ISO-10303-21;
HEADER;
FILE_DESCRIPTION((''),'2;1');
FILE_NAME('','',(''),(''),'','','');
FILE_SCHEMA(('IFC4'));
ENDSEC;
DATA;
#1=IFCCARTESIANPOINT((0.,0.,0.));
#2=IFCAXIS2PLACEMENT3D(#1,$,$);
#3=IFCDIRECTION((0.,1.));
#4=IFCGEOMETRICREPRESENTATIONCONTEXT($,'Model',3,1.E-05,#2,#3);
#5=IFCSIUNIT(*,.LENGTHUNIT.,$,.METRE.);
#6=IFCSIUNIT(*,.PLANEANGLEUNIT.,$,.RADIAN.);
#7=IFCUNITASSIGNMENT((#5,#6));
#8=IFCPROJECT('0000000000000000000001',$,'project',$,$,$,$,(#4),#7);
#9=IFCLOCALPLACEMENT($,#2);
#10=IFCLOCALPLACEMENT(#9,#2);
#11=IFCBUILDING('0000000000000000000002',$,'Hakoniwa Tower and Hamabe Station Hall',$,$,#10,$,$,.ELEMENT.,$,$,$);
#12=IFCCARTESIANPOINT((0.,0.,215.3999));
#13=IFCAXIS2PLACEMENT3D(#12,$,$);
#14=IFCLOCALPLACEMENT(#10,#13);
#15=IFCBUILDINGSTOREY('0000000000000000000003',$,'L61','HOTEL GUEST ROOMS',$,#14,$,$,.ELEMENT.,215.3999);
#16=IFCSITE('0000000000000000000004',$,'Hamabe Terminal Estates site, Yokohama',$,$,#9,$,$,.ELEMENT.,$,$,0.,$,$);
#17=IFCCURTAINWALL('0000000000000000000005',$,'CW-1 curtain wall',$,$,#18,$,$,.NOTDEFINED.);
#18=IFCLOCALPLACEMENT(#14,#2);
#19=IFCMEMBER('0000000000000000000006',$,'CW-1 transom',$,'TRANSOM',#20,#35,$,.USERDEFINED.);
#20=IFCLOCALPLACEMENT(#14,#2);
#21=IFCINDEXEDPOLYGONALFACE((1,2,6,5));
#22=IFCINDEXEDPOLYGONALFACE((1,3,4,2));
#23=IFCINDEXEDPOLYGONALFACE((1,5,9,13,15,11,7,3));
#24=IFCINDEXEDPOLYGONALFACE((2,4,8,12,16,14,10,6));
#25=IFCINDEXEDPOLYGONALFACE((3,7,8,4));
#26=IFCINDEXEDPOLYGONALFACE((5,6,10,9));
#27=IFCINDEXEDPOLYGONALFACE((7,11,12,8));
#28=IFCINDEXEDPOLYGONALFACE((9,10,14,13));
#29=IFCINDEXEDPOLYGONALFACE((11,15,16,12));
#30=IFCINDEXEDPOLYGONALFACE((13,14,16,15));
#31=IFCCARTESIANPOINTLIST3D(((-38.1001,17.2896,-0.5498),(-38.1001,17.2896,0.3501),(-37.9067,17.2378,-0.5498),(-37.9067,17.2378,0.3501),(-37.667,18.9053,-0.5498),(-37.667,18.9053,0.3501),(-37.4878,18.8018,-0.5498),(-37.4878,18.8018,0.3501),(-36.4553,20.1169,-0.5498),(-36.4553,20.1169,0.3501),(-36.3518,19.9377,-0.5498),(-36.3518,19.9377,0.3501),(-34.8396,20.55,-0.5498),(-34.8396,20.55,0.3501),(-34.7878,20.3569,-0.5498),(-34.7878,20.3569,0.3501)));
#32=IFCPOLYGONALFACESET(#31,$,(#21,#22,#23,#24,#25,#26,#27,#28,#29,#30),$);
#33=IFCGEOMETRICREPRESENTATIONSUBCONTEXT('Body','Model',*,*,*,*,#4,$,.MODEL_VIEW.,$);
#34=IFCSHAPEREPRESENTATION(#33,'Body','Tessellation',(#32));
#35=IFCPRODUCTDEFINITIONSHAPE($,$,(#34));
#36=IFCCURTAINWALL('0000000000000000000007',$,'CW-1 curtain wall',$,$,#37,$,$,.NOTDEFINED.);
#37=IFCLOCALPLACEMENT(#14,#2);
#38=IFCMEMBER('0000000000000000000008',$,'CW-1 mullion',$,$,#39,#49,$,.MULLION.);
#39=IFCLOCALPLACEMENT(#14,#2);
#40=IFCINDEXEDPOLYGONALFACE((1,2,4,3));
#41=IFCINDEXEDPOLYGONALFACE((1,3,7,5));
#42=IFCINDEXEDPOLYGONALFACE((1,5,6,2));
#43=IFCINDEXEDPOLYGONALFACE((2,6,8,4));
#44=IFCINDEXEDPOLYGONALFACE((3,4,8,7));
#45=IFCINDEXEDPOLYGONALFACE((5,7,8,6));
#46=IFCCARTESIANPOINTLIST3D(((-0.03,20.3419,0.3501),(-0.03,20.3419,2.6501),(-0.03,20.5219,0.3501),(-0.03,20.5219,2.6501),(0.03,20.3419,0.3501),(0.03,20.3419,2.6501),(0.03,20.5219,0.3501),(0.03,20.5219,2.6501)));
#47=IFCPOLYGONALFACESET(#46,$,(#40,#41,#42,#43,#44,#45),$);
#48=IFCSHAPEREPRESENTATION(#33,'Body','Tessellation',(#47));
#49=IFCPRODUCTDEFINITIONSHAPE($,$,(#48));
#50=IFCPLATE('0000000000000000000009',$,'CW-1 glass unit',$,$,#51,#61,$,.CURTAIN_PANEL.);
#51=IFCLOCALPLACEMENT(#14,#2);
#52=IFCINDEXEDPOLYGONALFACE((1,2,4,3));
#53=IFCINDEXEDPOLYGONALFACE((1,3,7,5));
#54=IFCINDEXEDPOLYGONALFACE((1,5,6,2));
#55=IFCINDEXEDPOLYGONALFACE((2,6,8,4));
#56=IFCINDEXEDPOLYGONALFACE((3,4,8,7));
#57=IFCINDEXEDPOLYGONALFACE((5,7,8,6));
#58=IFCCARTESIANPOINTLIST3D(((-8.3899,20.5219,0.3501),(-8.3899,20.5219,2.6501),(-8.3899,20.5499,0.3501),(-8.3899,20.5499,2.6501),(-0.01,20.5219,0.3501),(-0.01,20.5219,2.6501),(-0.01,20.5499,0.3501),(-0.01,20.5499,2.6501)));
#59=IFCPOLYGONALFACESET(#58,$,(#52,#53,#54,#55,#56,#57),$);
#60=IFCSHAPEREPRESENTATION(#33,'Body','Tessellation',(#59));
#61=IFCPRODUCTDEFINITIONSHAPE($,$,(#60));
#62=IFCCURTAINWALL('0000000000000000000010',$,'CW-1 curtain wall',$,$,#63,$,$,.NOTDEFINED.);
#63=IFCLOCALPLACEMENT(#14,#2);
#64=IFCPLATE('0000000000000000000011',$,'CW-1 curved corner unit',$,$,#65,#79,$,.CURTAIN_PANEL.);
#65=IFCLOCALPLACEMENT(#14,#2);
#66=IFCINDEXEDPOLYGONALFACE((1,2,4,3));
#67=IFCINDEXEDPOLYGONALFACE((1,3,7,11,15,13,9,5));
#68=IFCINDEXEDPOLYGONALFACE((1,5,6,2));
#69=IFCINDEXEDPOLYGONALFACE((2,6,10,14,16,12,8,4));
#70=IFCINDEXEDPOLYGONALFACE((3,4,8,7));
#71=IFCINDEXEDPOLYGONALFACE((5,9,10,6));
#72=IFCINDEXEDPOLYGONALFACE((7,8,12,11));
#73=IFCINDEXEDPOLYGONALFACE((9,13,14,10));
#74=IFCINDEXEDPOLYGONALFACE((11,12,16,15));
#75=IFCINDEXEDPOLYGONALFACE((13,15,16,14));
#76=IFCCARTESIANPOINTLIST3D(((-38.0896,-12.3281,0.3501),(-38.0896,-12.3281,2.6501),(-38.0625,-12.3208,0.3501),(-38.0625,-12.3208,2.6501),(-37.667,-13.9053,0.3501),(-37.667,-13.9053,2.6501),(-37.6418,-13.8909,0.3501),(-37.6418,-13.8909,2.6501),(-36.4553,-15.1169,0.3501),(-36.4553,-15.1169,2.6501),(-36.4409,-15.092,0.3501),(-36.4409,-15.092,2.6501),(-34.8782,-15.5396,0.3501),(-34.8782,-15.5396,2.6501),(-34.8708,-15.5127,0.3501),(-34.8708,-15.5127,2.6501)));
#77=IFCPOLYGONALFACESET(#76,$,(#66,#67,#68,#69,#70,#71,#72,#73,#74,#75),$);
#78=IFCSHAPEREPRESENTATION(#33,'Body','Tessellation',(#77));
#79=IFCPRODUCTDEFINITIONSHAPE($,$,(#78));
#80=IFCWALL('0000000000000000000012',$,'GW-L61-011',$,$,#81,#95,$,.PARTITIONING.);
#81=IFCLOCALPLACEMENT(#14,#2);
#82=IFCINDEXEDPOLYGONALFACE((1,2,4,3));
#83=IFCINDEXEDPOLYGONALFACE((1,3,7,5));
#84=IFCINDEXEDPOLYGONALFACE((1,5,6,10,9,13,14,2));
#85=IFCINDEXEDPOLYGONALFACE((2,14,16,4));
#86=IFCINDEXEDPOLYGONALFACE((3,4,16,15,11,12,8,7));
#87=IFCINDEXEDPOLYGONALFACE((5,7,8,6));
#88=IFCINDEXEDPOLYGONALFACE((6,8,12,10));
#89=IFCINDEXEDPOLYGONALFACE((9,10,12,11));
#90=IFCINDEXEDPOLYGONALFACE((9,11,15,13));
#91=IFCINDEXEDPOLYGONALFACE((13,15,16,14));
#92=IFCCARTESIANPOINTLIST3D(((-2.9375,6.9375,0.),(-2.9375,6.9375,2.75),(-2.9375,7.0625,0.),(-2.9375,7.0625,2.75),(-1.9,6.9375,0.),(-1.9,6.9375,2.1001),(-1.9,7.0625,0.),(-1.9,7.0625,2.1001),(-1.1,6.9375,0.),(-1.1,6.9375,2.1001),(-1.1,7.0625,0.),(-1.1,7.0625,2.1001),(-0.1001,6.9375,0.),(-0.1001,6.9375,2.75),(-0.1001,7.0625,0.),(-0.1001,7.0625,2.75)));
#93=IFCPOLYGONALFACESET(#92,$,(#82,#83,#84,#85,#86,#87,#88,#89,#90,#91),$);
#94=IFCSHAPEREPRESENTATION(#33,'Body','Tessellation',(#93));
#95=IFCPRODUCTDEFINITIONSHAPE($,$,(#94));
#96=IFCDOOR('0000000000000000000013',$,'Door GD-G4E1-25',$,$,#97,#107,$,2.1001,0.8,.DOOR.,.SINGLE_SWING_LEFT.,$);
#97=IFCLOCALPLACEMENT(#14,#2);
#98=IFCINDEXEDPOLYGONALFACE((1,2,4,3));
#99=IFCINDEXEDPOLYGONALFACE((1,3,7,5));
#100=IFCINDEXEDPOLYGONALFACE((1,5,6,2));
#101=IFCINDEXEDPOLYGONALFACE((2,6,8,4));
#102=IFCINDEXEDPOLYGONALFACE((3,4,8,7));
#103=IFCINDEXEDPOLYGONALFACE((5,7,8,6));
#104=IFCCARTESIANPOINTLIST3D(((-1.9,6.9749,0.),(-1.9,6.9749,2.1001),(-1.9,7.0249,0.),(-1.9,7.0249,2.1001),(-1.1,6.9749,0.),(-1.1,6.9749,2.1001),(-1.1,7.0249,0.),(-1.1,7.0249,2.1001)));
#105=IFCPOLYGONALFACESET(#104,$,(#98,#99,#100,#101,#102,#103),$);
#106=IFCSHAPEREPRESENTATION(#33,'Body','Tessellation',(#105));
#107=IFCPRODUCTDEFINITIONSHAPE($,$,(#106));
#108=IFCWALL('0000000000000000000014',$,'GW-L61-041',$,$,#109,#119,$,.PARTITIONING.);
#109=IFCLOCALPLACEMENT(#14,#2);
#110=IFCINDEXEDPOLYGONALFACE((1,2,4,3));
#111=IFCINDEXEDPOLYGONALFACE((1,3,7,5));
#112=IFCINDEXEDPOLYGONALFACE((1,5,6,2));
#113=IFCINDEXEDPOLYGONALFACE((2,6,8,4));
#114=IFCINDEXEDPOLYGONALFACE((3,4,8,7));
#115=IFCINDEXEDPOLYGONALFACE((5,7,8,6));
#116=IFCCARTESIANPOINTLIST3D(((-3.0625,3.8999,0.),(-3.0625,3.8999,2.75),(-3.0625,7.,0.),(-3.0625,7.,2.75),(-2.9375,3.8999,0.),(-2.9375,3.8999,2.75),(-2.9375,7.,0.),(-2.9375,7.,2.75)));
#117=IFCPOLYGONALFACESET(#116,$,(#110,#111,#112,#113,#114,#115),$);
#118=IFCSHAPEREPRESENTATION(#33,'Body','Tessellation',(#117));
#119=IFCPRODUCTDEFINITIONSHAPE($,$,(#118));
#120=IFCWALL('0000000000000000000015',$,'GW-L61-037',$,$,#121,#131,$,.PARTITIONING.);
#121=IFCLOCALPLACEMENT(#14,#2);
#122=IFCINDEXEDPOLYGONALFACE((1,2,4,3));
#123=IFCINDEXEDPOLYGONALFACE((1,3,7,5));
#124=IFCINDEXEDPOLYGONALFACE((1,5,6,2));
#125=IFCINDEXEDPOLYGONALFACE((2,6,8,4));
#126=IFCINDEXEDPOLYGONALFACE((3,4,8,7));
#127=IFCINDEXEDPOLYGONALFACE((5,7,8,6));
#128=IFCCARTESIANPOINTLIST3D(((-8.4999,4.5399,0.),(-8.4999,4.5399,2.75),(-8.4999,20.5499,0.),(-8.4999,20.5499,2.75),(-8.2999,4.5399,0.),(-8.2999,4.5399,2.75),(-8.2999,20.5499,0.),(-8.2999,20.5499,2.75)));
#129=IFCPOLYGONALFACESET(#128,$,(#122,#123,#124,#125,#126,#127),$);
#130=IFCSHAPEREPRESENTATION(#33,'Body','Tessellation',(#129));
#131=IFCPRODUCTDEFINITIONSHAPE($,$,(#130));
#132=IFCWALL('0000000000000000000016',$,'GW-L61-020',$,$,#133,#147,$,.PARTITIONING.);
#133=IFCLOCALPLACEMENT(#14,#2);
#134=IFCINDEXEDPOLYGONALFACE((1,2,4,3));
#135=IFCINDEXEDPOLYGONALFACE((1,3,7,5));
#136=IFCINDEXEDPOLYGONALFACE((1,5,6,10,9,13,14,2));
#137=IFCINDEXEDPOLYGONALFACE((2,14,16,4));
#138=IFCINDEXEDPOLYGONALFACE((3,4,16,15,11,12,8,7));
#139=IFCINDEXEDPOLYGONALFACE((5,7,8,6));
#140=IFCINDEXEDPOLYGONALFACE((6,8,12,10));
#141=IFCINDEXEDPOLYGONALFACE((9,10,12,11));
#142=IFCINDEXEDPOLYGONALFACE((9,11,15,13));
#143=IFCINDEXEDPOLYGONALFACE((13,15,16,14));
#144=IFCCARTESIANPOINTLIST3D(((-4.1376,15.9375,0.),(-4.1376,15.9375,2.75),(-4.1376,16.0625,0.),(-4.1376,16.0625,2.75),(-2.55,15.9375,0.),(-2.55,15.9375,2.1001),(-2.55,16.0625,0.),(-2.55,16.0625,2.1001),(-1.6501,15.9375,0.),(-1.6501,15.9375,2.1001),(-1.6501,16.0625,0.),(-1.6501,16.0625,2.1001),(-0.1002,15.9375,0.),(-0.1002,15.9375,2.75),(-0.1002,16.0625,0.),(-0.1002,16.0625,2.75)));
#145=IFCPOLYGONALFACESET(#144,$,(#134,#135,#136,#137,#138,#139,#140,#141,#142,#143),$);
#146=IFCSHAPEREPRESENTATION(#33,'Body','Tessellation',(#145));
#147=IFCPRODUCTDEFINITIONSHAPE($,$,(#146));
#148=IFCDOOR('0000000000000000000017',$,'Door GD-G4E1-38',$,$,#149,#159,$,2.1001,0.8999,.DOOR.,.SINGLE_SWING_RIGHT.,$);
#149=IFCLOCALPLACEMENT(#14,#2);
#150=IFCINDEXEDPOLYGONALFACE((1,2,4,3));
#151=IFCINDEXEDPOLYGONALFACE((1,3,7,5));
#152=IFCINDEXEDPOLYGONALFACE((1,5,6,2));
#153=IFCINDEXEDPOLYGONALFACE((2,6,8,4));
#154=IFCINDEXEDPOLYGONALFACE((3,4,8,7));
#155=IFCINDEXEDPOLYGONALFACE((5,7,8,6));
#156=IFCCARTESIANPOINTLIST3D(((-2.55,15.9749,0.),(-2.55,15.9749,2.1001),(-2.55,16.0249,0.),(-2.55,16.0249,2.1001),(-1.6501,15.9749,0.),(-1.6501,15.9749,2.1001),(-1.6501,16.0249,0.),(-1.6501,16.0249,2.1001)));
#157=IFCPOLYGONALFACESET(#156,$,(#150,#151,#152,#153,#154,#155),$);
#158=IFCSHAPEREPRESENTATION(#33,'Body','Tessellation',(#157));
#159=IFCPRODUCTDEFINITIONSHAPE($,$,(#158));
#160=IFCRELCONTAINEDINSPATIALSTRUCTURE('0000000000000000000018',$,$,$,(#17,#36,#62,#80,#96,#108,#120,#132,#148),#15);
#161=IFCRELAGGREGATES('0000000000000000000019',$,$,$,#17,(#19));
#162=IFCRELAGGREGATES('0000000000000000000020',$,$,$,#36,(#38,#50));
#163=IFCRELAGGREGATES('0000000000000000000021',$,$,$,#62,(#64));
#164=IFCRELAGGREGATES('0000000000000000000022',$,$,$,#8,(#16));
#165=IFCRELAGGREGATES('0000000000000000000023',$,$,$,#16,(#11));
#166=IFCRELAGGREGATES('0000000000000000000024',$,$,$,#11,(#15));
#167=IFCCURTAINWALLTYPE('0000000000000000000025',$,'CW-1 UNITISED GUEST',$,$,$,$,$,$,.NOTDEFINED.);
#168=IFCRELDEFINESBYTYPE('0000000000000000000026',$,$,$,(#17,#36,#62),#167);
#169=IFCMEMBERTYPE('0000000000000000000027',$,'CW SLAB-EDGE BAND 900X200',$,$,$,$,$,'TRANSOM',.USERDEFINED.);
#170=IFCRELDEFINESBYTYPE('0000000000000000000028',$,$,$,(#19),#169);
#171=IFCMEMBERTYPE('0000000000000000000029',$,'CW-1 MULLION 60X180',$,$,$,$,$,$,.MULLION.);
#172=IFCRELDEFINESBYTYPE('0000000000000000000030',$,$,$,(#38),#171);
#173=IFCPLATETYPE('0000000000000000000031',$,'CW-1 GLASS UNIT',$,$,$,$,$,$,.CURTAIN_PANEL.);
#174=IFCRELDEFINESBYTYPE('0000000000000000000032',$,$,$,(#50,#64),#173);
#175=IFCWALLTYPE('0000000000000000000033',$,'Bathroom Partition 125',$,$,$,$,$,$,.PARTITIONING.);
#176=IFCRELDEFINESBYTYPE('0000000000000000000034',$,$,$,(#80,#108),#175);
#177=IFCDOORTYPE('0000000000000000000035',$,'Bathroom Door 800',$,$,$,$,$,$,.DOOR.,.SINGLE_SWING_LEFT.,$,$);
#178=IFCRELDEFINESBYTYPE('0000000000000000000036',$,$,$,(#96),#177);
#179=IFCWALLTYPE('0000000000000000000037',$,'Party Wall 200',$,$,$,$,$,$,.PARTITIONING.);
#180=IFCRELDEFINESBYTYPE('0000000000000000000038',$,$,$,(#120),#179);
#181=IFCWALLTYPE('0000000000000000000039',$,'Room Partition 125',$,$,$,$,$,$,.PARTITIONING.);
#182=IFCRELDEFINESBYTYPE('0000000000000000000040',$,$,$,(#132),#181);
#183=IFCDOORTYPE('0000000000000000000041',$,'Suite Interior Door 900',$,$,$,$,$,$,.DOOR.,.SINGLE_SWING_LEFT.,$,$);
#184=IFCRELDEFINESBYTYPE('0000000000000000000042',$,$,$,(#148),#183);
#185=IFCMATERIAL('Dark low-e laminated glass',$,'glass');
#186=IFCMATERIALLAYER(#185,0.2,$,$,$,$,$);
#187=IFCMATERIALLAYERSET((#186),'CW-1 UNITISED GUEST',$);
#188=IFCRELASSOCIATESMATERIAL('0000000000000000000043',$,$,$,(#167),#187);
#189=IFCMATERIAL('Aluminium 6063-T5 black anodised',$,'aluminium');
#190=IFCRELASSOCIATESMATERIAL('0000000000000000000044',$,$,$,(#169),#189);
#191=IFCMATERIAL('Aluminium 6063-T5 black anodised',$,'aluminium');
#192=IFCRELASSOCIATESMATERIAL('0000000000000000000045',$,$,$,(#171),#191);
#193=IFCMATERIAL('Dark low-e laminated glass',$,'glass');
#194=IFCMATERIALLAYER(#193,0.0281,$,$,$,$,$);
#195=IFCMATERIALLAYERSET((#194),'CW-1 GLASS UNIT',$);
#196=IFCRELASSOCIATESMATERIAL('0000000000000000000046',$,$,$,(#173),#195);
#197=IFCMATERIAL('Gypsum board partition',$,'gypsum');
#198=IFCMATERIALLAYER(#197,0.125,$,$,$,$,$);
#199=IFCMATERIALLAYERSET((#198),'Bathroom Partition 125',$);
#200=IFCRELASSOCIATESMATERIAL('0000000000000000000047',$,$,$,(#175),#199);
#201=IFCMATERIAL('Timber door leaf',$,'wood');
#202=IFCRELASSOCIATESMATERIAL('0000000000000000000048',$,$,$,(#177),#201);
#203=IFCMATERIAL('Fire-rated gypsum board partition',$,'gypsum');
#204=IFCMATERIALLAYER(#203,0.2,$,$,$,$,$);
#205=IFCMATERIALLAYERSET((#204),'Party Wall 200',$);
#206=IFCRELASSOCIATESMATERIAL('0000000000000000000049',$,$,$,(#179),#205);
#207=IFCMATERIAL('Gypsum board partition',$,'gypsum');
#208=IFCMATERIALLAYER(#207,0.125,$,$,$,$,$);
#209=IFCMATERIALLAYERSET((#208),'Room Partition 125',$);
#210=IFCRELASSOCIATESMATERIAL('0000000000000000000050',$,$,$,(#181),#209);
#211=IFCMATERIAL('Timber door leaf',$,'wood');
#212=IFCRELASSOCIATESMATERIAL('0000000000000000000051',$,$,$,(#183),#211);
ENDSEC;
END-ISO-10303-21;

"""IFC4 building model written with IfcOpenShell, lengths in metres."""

from ifc_helpers import new_model, si_unit, direction, frame, frame_2d, origin, origin_2d, place, context, subcontext, project, spatial, polyline, rectangle, outline, extrude, material, layer, layer_set, material_profile, profile_set, type_object, element, fill, aggregate, save


model = new_model("IFC4")

# Units and contexts
model_context = context("Model", 3, precision=1e-05, world=origin(), true_north=direction((0.0, 1.0)))
body_context = subcontext(model_context, "Body", "Model", "MODEL_VIEW")
ifc_project = project(units=[si_unit("LENGTHUNIT", "METRE"), si_unit("PLANEANGLEUNIT", "RADIAN")], contexts=[model_context])

# Site, building, storey
site_placement = place(None, origin())
site = spatial("IfcSite", under=ifc_project, at=site_placement, Name="Hamabe Terminal Estates site, Yokohama", CompositionType="ELEMENT", RefElevation=0.0)
building_placement = place(site_placement, origin())
building = spatial("IfcBuilding", under=site, at=building_placement, Name="Hakoniwa Tower and Hamabe Station Hall", CompositionType="ELEMENT")
storey_placement = place(building_placement, frame((0.0, 0.0, 215.3999)))
storey = spatial("IfcBuildingStorey", under=building, at=storey_placement, Name="L61", Description="HOTEL GUEST ROOMS", CompositionType="ELEMENT", Elevation=215.3999)

# Curtain wall, member
ifc_material_1 = material(Name="Dark low-e laminated glass", Category="glass")
ifc_layer_1 = layer(ifc_material_1, 0.2)
ifc_layer_set_1 = layer_set([ifc_layer_1], Name="CW-1 UNITISED GUEST")
curtain_wall_type = type_object("IfcCurtainWallType", Name="CW-1 UNITISED GUEST", PredefinedType="NOTDEFINED", material=ifc_layer_set_1)
curtain_wall_1_placement = place(storey_placement, origin())
curtain_wall_1 = element("IfcCurtainWall", 1, at=curtain_wall_1_placement, inside=storey, type_object=curtain_wall_type, Name="CW-1 curtain wall", PredefinedType="NOTDEFINED")
ifc_material_2 = material(Name="Aluminium 6063-T5 black anodised", Category="aluminium")
ifc_material_profile_1 = material_profile(ifc_material_2, rectangle(XDim=0.2, YDim=0.8999, at=origin_2d()), Name="CW SLAB-EDGE BAND 900X200")
ifc_profile_set_1 = profile_set([ifc_material_profile_1], Name="Aluminium 6063-T5 black anodised")
member_type_1 = type_object("IfcMemberType", Name="CW SLAB-EDGE BAND 900X200", ElementType="TRANSOM", PredefinedType="USERDEFINED", material=ifc_profile_set_1)
member_1_placement = place(storey_placement, frame((0.0, 0.0, -0.5498)))
member_1 = element("IfcMember", 2, at=member_1_placement, type_object=member_type_1, Name="CW-1 transom", ObjectType="TRANSOM", PredefinedType="USERDEFINED", context=body_context, shape_type="SweptSolid", body=[
    extrude(outline(polyline([(-34.8396, 20.55), (-36.4553, 20.1169), (-37.667, 18.9053), (-38.1001, 17.2896), (-37.9067, 17.2378), (-37.4878, 18.8018), (-36.3518, 19.9377), (-34.7878, 20.3569), (-34.8396, 20.55)])), origin(), (0.0, 0.0, 1.0), 0.8999),
])
aggregate(curtain_wall_1, [member_1])

# Curtain wall, member, plate
curtain_wall_2_placement = place(storey_placement, origin())
curtain_wall_2 = element("IfcCurtainWall", 3, at=curtain_wall_2_placement, inside=storey, type_object=curtain_wall_type, Name="CW-1 curtain wall", PredefinedType="NOTDEFINED")
ifc_material_3 = material(Name="Aluminium 6063-T5 black anodised", Category="aluminium")
ifc_material_profile_2 = material_profile(ifc_material_3, rectangle(XDim=0.0601, YDim=0.1799, at=origin_2d()), Name="CW-1 MULLION 60X180")
ifc_profile_set_2 = profile_set([ifc_material_profile_2], Name="Aluminium 6063-T5 black anodised")
member_type_2 = type_object("IfcMemberType", Name="CW-1 MULLION 60X180", PredefinedType="MULLION", material=ifc_profile_set_2)
member_2_placement = place(storey_placement, frame((0.0, 20.4319, 0.3501), z_axis=(0.0, 0.0, 1.0), x_axis=(-1.0, 0.0, 0.0)))
member_2 = element("IfcMember", 4, at=member_2_placement, type_object=member_type_2, Name="CW-1 mullion", PredefinedType="MULLION", context=body_context, shape_type="SweptSolid", body=[
    extrude(rectangle(XDim=0.0601, YDim=0.1799, at=origin_2d()), origin(), (0.0, 0.0, 1.0), 2.3),
])
ifc_material_4 = material(Name="Dark low-e laminated glass", Category="glass")
ifc_layer_2 = layer(ifc_material_4, 0.0281)
ifc_layer_set_2 = layer_set([ifc_layer_2], Name="CW-1 GLASS UNIT")
plate_type = type_object("IfcPlateType", Name="CW-1 GLASS UNIT", PredefinedType="CURTAIN_PANEL", material=ifc_layer_set_2)
plate_1_placement = place(storey_placement, frame((-4.2, 20.5359, 0.3501), z_axis=(0.0, 0.0, 1.0), x_axis=(-1.0, 0.0, 0.0)))
plate_1 = element("IfcPlate", 5, at=plate_1_placement, type_object=plate_type, Name="CW-1 glass unit", PredefinedType="CURTAIN_PANEL", context=body_context, shape_type="SweptSolid", body=[
    extrude(rectangle(XDim=8.3799, YDim=0.0281, at=origin_2d()), origin(), (0.0, 0.0, 1.0), 2.3),
])
aggregate(curtain_wall_2, [member_2, plate_1])

# Curtain wall, plate
curtain_wall_3_placement = place(storey_placement, origin())
curtain_wall_3 = element("IfcCurtainWall", 6, at=curtain_wall_3_placement, inside=storey, type_object=curtain_wall_type, Name="CW-1 curtain wall", PredefinedType="NOTDEFINED")
plate_2_placement = place(storey_placement, frame((0.0, 0.0, 0.3501)))
plate_2 = element("IfcPlate", 7, at=plate_2_placement, type_object=plate_type, Name="CW-1 curved corner unit", PredefinedType="CURTAIN_PANEL", context=body_context, shape_type="SweptSolid", body=[
    extrude(outline(polyline([(-38.0896, -12.3281), (-37.667, -13.9053), (-36.4553, -15.1169), (-34.8782, -15.5396), (-34.8708, -15.5127), (-36.4409, -15.092), (-37.6418, -13.8909), (-38.0625, -12.3208), (-38.0896, -12.3281)])), origin(), (0.0, 0.0, 1.0), 2.3),
])
aggregate(curtain_wall_3, [plate_2])

# Wall, opening, door
ifc_material_5 = material(Name="Gypsum board partition", Category="gypsum")
ifc_layer_3 = layer(ifc_material_5, 0.125)
ifc_layer_set_3 = layer_set([ifc_layer_3], Name="Bathroom Partition 125")
wall_type_1 = type_object("IfcWallType", Name="Bathroom Partition 125", PredefinedType="PARTITIONING", material=ifc_layer_set_3)
wall_1_placement = place(storey_placement, frame((-2.9375, 7.0, 0.0), z_axis=(0.0, 0.0, 1.0), x_axis=(1.0, 0.0, 0.0)))
wall_1 = element("IfcWall", 8, at=wall_1_placement, inside=storey, type_object=wall_type_1, Name="GW-L61-011", PredefinedType="PARTITIONING", context=body_context, shape_type="SweptSolid", body=[
    extrude(rectangle(XDim=2.8374, YDim=0.125, at=frame_2d((1.4187, 0.0))), origin(), (0.0, 0.0, 1.0), 2.75),
])
opening_1_placement = place(wall_1_placement, frame((1.0376, 0.0, 0.0)))
opening_1 = element("IfcOpeningElement", 9, at=opening_1_placement, cuts=wall_1, PredefinedType="OPENING", context=body_context, shape_type="SweptSolid", body=[
    extrude(rectangle(XDim=0.8, YDim=2.1001, at=frame_2d((0.3999, 1.05))), frame((0.0, 0.0725, 0.0), z_axis=(0.0, -1.0, 0.0), x_axis=(1.0, 0.0, 0.0)), (0.0, 0.0, 1.0), 0.145),
])
ifc_material_6 = material(Name="Timber door leaf", Category="wood")
door_type_1 = type_object("IfcDoorType", Name="Bathroom Door 800", OperationType="SINGLE_SWING_LEFT", PredefinedType="DOOR", material=ifc_material_6)
door_1_placement = place(opening_1_placement, origin())
door_1 = element("IfcDoor", 10, at=door_1_placement, inside=storey, type_object=door_type_1, Name="Door GD-G4E1-25", OperationType="SINGLE_SWING_LEFT", OverallHeight=2.1001, OverallWidth=0.8, PredefinedType="DOOR", context=body_context, shape_type="SweptSolid", body=[
    extrude(rectangle(XDim=0.8, YDim=2.1001, at=frame_2d((0.3999, 1.05))), frame((0.0, 0.0249, 0.0), z_axis=(0.0, -1.0, 0.0), x_axis=(1.0, 0.0, 0.0)), (0.0, 0.0, 1.0), 0.05),
])
fill(opening_1, door_1)

# Walls
wall_2_placement = place(storey_placement, frame((-3.0, 3.8999, 0.0), z_axis=(0.0, 0.0, 1.0), x_axis=(0.0, 1.0, 0.0)))
element("IfcWall", 11, at=wall_2_placement, inside=storey, type_object=wall_type_1, Name="GW-L61-041", PredefinedType="PARTITIONING", context=body_context, shape_type="SweptSolid", body=[
    extrude(rectangle(XDim=3.1001, YDim=0.125, at=frame_2d((1.55, 0.0))), origin(), (0.0, 0.0, 1.0), 2.75),
])
ifc_material_7 = material(Name="Fire-rated gypsum board partition", Category="gypsum")
ifc_layer_4 = layer(ifc_material_7, 0.2)
ifc_layer_set_4 = layer_set([ifc_layer_4], Name="Party Wall 200")
wall_type_2 = type_object("IfcWallType", Name="Party Wall 200", PredefinedType="PARTITIONING", material=ifc_layer_set_4)
wall_3_placement = place(storey_placement, frame((-8.3999, 4.54, 0.0), z_axis=(0.0, 0.0, 1.0), x_axis=(0.0, 1.0, 0.0)))
element("IfcWall", 12, at=wall_3_placement, inside=storey, type_object=wall_type_2, Name="GW-L61-037", PredefinedType="PARTITIONING", context=body_context, shape_type="SweptSolid", body=[
    extrude(rectangle(XDim=16.01, YDim=0.2, at=frame_2d((8.0049, 0.0))), origin(), (0.0, 0.0, 1.0), 2.75),
])

# Wall, opening, door
ifc_material_8 = material(Name="Gypsum board partition", Category="gypsum")
ifc_layer_5 = layer(ifc_material_8, 0.125)
ifc_layer_set_5 = layer_set([ifc_layer_5], Name="Room Partition 125")
wall_type_3 = type_object("IfcWallType", Name="Room Partition 125", PredefinedType="PARTITIONING", material=ifc_layer_set_5)
wall_4_placement = place(storey_placement, frame((-4.1375, 16.0, 0.0), z_axis=(0.0, 0.0, 1.0), x_axis=(1.0, 0.0, 0.0)))
wall_4 = element("IfcWall", 13, at=wall_4_placement, inside=storey, type_object=wall_type_3, Name="GW-L61-020", PredefinedType="PARTITIONING", context=body_context, shape_type="SweptSolid", body=[
    extrude(rectangle(XDim=4.0374, YDim=0.125, at=frame_2d((2.0186, 0.0))), origin(), (0.0, 0.0, 1.0), 2.75),
])
opening_2_placement = place(wall_4_placement, frame((1.5874, 0.0, 0.0)))
opening_2 = element("IfcOpeningElement", 14, at=opening_2_placement, cuts=wall_4, PredefinedType="OPENING", context=body_context, shape_type="SweptSolid", body=[
    extrude(rectangle(XDim=0.8999, YDim=2.1001, at=frame_2d((0.45, 1.05))), frame((0.0, 0.0725, 0.0), z_axis=(0.0, -1.0, 0.0), x_axis=(1.0, 0.0, 0.0)), (0.0, 0.0, 1.0), 0.145),
])
ifc_material_9 = material(Name="Timber door leaf", Category="wood")
door_type_2 = type_object("IfcDoorType", Name="Suite Interior Door 900", OperationType="SINGLE_SWING_LEFT", PredefinedType="DOOR", material=ifc_material_9)
door_2_placement = place(opening_2_placement, origin())
door_2 = element("IfcDoor", 15, at=door_2_placement, inside=storey, type_object=door_type_2, Name="Door GD-G4E1-38", OperationType="SINGLE_SWING_RIGHT", OverallHeight=2.1001, OverallWidth=0.8999, PredefinedType="DOOR", context=body_context, shape_type="SweptSolid", body=[
    extrude(rectangle(XDim=0.8999, YDim=2.1001, at=frame_2d((0.45, 1.05))), frame((0.0, 0.0249, 0.0), z_axis=(0.0, -1.0, 0.0), x_axis=(1.0, 0.0, 0.0)), (0.0, 0.0, 1.0), 0.05),
])
fill(opening_2, door_2)

save(model, "model.ifc")
